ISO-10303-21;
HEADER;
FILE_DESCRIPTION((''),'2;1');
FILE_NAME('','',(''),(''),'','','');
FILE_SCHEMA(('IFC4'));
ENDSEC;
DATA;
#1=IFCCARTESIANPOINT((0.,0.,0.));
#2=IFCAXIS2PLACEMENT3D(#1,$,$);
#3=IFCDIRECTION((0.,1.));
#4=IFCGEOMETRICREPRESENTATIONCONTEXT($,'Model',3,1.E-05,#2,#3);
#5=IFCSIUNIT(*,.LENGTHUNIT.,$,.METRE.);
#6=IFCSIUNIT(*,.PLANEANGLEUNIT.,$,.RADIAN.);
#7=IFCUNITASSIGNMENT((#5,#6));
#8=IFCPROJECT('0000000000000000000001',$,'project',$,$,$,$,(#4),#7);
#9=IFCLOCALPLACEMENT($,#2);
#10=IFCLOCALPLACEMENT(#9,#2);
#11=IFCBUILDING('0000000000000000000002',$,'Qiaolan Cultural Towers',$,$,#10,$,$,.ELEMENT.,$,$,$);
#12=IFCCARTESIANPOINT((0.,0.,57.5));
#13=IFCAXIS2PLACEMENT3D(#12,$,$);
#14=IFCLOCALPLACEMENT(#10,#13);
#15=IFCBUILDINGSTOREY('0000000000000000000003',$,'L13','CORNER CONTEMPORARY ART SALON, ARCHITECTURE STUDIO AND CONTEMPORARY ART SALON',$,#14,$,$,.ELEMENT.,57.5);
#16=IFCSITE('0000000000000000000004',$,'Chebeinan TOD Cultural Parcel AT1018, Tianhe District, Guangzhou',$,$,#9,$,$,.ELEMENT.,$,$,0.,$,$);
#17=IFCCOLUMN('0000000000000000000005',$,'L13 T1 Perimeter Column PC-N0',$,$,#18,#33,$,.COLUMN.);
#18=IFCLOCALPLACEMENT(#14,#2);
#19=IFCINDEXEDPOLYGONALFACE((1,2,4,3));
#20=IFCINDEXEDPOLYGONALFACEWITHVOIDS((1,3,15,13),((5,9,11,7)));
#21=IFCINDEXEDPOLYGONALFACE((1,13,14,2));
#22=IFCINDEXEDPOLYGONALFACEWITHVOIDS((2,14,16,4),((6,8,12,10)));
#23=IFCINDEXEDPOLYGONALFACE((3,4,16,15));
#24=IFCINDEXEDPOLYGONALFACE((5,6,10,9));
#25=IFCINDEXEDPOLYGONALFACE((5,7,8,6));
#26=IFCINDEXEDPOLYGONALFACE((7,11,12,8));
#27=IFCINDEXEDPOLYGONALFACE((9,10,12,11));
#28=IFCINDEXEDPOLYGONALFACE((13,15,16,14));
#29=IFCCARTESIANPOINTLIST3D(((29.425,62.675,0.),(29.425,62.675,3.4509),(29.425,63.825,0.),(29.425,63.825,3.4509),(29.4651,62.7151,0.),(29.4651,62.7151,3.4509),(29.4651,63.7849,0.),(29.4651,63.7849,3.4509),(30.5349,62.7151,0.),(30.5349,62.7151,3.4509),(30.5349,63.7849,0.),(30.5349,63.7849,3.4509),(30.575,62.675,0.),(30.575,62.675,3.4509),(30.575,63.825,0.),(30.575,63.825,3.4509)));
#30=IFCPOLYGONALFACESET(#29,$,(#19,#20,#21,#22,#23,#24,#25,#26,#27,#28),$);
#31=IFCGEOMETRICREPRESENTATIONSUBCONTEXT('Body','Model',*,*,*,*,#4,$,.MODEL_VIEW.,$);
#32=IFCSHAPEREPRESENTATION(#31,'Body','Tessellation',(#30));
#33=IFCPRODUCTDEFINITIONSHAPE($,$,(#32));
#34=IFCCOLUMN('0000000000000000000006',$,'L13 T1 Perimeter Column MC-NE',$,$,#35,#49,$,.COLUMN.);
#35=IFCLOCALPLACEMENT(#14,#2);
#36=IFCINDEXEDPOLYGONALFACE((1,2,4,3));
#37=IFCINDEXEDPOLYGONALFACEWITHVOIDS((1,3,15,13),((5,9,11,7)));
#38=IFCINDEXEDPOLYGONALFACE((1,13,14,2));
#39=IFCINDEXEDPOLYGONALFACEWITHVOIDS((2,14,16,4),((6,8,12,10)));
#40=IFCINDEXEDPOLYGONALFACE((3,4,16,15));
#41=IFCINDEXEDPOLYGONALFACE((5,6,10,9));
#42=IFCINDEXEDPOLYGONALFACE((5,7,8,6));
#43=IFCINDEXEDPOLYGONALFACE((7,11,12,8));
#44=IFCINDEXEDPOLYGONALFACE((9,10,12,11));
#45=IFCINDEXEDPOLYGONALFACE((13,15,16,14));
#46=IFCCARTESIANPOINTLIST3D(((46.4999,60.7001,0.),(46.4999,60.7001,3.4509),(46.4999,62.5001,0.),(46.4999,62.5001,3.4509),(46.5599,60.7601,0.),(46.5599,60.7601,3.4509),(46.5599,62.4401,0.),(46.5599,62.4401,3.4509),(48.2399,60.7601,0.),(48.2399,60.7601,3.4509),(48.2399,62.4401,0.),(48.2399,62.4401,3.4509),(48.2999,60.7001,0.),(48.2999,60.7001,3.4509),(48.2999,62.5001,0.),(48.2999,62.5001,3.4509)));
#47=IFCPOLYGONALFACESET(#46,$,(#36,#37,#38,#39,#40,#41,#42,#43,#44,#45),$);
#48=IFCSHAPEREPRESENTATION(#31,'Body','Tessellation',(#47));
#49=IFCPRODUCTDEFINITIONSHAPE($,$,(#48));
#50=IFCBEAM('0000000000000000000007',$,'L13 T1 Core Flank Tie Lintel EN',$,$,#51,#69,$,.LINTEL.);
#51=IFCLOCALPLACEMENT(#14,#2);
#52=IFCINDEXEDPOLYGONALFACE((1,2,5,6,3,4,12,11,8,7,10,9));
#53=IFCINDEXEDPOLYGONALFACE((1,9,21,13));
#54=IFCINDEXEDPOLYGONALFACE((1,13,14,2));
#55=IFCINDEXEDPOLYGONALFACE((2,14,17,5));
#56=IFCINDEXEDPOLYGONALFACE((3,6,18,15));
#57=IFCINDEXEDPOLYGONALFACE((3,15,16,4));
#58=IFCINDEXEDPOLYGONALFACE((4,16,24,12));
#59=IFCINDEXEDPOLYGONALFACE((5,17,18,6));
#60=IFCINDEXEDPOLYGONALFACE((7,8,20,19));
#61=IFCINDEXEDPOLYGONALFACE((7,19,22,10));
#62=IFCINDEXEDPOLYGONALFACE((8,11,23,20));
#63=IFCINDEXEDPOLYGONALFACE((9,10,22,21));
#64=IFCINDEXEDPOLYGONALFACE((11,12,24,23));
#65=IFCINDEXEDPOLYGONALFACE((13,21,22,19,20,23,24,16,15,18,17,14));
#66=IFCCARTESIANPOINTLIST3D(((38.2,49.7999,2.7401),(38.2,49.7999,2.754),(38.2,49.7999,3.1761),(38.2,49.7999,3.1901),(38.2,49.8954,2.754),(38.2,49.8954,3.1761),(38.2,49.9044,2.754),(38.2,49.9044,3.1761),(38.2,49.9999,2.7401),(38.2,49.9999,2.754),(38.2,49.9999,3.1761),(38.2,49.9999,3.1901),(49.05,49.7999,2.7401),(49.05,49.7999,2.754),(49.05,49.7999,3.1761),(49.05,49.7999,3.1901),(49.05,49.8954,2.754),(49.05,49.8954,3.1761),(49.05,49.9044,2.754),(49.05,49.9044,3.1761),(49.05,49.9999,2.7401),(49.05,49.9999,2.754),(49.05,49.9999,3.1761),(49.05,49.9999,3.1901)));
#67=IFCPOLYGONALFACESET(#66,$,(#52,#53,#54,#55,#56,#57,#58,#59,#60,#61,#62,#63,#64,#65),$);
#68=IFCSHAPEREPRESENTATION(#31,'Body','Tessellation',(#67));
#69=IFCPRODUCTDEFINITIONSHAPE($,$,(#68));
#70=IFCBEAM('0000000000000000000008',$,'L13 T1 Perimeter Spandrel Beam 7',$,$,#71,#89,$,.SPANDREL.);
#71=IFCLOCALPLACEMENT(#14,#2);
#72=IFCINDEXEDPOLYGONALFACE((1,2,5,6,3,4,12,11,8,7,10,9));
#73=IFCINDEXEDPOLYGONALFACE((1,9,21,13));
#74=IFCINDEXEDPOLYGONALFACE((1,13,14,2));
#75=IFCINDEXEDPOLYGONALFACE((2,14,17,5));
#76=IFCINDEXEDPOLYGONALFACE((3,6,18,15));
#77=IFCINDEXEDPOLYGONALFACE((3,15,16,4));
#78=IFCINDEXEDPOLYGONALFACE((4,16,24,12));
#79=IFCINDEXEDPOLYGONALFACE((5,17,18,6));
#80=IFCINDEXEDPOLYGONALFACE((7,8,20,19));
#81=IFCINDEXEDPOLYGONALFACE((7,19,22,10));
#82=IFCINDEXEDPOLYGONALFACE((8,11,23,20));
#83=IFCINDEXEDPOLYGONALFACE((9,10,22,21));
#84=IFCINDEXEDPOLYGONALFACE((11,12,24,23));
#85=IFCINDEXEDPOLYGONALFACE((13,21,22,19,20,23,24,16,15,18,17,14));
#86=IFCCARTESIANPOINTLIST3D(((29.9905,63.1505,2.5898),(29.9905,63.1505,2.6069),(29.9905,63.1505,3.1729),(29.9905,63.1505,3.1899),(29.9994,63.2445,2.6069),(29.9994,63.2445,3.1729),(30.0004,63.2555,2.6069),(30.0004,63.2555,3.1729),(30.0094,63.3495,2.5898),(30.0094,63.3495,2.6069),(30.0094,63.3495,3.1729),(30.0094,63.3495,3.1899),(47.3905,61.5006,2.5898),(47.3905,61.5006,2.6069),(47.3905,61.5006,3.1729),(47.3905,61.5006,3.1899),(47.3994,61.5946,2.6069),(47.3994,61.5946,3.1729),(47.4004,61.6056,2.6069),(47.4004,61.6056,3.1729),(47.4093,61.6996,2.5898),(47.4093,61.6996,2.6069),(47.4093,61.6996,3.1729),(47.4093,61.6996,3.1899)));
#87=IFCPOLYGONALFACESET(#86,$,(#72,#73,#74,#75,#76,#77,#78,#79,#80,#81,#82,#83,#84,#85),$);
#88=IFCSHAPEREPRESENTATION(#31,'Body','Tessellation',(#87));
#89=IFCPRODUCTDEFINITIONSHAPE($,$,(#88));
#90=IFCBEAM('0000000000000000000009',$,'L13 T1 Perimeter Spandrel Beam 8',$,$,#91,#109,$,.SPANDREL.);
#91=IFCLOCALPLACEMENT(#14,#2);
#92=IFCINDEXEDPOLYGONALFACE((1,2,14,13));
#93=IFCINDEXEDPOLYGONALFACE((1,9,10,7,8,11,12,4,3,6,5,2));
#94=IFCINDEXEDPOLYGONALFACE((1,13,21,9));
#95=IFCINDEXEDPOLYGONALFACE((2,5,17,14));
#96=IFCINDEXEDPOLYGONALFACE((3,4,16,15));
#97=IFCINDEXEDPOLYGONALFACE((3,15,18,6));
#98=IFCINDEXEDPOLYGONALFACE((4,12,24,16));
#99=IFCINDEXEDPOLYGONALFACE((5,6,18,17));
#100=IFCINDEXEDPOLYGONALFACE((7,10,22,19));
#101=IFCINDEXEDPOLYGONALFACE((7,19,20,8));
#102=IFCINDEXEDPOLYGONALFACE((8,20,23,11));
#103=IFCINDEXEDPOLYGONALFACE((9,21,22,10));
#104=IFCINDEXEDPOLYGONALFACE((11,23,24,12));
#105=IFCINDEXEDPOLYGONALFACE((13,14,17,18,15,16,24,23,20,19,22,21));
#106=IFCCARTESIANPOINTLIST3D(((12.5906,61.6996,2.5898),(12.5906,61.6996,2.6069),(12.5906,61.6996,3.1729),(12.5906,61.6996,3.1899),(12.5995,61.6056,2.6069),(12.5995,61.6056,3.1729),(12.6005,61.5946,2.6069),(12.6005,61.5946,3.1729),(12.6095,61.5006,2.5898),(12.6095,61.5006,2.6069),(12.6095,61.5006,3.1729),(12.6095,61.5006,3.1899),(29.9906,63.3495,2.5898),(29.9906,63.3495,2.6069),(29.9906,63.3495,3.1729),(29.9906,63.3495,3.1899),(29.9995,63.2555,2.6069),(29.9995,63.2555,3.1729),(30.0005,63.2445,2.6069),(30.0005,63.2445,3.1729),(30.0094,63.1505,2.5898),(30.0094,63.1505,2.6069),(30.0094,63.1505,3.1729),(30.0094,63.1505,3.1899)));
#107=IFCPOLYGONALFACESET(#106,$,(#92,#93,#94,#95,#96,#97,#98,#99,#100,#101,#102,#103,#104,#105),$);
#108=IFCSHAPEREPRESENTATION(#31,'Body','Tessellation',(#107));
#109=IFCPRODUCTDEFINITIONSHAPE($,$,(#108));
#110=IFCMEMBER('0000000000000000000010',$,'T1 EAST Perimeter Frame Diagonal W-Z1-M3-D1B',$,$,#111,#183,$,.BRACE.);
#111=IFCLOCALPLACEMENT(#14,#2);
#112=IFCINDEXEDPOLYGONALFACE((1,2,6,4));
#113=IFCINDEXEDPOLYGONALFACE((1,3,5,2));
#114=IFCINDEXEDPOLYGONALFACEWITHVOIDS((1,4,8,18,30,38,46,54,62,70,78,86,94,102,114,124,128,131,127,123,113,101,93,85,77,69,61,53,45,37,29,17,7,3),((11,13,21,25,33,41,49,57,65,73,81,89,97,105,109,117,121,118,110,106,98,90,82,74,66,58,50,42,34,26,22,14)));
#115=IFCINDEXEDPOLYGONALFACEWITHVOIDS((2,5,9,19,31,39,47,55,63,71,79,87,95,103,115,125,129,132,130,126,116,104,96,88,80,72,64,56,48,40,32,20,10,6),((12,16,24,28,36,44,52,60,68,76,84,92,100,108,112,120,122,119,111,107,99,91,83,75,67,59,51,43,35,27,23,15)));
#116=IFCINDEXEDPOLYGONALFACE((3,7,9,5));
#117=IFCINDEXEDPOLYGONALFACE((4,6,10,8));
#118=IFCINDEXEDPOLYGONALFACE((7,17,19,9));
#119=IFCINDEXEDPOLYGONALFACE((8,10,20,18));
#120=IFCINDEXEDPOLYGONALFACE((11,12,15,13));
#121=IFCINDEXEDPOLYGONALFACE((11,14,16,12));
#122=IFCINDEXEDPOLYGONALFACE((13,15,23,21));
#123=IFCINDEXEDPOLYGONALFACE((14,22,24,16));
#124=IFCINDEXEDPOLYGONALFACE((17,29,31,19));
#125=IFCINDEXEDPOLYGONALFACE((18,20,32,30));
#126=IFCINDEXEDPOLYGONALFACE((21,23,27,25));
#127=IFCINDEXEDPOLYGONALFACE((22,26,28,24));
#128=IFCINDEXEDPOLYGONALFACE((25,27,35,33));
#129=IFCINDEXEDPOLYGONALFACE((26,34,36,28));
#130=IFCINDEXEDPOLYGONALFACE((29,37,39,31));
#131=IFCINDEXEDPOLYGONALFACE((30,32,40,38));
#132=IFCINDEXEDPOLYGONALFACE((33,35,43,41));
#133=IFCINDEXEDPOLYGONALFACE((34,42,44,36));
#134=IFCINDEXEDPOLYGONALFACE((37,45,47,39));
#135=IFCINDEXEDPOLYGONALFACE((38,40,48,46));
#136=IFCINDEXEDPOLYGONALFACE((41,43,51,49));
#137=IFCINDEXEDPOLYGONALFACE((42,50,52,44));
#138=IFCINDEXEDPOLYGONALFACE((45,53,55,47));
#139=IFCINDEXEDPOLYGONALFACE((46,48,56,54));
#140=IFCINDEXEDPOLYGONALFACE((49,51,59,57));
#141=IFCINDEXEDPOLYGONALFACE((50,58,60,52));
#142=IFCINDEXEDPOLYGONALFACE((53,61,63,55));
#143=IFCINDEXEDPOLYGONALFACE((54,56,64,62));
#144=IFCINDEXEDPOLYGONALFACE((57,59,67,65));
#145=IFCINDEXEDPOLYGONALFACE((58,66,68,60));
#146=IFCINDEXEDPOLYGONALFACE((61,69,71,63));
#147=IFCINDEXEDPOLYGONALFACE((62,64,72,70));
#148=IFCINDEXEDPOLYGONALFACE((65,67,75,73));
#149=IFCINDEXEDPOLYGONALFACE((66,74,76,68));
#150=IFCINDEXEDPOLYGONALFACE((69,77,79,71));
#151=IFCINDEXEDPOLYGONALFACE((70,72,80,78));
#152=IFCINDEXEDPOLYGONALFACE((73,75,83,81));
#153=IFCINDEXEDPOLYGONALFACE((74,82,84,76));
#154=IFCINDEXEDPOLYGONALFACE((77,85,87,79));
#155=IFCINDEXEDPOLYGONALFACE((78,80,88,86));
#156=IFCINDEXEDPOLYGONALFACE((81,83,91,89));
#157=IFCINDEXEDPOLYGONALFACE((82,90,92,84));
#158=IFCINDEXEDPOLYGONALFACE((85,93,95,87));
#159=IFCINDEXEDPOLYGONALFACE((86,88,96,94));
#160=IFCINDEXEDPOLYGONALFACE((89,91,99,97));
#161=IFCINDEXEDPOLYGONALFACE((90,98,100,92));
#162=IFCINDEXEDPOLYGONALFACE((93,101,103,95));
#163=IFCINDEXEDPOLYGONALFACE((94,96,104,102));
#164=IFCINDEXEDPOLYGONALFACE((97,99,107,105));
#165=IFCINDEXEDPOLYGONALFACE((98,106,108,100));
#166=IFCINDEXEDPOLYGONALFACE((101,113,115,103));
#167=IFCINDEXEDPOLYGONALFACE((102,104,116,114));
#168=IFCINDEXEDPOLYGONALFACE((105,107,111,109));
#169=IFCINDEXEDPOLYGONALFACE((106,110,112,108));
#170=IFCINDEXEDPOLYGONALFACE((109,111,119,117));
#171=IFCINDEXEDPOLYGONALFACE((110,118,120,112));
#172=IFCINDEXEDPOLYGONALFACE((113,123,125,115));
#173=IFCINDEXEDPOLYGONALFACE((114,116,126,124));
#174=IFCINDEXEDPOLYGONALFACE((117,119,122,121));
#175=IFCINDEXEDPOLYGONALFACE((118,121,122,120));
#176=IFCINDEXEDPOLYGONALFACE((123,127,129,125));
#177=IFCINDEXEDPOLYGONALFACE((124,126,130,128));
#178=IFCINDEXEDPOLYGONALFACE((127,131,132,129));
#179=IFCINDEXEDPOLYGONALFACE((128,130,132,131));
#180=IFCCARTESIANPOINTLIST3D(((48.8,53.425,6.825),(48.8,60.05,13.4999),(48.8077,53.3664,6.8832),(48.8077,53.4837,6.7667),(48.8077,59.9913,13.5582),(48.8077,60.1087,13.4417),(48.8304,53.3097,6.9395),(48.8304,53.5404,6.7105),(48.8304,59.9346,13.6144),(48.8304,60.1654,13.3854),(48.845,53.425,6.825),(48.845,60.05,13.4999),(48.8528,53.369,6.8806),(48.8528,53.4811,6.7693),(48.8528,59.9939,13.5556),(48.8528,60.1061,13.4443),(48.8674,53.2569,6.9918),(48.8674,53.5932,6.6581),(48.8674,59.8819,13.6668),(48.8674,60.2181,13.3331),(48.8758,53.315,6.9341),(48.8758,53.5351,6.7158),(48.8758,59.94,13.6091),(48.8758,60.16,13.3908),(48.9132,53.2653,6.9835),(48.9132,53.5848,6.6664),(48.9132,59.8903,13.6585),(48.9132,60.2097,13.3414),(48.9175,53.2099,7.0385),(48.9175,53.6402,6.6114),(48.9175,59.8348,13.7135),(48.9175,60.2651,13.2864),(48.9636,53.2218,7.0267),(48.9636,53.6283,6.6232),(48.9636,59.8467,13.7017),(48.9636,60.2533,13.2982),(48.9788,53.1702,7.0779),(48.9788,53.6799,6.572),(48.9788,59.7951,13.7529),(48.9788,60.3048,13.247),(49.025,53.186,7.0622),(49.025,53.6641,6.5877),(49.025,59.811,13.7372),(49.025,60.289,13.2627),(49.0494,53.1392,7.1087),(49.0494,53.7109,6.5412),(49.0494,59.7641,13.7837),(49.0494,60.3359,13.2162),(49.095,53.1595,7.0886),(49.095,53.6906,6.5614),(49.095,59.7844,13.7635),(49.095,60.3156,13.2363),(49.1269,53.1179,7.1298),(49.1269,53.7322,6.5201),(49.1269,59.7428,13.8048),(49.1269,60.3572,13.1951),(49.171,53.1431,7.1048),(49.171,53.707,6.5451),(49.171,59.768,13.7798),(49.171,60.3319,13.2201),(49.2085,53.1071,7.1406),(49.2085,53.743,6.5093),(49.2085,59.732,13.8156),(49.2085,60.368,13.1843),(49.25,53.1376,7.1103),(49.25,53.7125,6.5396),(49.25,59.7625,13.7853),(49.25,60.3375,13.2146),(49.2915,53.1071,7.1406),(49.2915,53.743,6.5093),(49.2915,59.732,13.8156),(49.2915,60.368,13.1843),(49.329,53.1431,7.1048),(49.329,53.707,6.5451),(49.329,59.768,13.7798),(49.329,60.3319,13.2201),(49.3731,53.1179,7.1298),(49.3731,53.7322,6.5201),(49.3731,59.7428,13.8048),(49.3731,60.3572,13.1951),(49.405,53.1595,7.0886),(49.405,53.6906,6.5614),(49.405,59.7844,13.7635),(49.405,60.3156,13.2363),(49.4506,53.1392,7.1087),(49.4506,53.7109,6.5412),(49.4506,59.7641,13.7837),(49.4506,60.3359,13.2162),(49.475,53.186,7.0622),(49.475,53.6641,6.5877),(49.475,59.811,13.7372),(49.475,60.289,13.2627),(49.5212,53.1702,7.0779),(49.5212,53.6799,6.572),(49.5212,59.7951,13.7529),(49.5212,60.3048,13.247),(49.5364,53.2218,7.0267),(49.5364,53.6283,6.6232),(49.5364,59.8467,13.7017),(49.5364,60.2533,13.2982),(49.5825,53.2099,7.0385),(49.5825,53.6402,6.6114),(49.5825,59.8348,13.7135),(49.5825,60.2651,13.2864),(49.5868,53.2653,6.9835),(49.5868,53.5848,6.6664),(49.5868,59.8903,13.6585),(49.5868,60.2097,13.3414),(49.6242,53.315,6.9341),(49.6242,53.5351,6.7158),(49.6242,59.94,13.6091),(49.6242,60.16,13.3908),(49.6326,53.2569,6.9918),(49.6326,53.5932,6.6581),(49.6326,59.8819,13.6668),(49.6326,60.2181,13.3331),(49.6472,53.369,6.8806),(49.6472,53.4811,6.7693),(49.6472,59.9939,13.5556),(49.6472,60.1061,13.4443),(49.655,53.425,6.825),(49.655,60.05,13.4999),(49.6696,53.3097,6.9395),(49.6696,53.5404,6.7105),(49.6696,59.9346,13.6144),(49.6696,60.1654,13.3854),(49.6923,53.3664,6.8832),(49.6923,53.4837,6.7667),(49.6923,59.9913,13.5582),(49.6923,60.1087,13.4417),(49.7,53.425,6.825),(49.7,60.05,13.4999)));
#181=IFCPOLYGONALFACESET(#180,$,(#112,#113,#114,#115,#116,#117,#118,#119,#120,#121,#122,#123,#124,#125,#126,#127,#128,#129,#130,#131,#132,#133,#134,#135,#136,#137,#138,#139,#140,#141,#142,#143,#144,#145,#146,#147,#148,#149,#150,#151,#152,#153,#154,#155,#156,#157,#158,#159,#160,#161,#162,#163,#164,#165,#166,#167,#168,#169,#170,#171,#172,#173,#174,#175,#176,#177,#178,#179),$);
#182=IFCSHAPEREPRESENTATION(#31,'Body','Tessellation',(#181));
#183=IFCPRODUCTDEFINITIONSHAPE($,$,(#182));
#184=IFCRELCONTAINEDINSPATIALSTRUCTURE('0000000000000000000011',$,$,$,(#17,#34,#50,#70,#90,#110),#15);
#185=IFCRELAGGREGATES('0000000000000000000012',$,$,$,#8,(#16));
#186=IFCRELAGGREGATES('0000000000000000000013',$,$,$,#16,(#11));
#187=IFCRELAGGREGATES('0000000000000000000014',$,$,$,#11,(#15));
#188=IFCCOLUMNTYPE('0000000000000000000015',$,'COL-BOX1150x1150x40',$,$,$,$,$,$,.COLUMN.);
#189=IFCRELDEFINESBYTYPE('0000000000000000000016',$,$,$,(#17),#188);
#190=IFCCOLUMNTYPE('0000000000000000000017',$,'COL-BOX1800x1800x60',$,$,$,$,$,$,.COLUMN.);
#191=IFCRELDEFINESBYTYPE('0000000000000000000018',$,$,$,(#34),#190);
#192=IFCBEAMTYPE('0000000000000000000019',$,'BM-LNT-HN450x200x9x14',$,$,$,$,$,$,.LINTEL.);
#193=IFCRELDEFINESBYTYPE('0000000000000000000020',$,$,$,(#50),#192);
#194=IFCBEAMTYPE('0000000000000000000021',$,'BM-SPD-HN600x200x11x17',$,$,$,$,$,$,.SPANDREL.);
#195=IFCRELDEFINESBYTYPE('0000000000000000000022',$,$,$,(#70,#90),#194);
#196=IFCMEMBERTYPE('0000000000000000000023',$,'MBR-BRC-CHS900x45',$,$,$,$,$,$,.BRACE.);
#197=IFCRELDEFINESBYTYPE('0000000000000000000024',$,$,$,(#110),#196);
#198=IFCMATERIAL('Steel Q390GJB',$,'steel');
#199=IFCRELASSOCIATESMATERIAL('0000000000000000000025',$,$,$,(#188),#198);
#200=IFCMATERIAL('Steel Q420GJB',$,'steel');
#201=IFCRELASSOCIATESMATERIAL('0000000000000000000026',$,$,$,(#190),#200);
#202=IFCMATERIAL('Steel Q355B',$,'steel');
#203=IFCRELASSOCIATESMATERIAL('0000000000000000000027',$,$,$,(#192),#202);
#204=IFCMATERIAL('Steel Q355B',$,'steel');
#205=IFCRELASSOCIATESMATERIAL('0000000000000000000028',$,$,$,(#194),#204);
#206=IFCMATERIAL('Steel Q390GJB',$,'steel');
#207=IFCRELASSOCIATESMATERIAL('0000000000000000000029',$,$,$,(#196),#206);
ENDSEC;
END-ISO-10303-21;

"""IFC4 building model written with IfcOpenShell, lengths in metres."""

from ifc_helpers import new_model, si_unit, direction, frame, origin, origin_2d, place, context, subcontext, project, spatial, hollow_rectangle, hollow_circle, i_section, extrude, material, material_profile, profile_set, type_object, element, save


model = new_model("IFC4")

# Units and contexts
model_context = context("Model", 3, precision=1e-05, world=origin(), true_north=direction((0.0, 1.0)))
body_context = subcontext(model_context, "Body", "Model", "MODEL_VIEW")
ifc_project = project(units=[si_unit("LENGTHUNIT", "METRE"), si_unit("PLANEANGLEUNIT", "RADIAN")], contexts=[model_context])

# Site, building, storey
site_placement = place(None, origin())
site = spatial("IfcSite", under=ifc_project, at=site_placement, Name="Chebeinan TOD Cultural Parcel AT1018, Tianhe District, Guangzhou", CompositionType="ELEMENT", RefElevation=0.0)
building_placement = place(site_placement, origin())
building = spatial("IfcBuilding", under=site, at=building_placement, Name="Qiaolan Cultural Towers", CompositionType="ELEMENT")
storey_placement = place(building_placement, frame((0.0, 0.0, 57.5)))
storey = spatial("IfcBuildingStorey", under=building, at=storey_placement, Name="L13", Description="CORNER CONTEMPORARY ART SALON, ARCHITECTURE STUDIO AND CONTEMPORARY ART SALON", CompositionType="ELEMENT", Elevation=57.5)

# Columns
ifc_material_1 = material(Name="Steel Q390GJB", Category="steel")
ifc_material_profile_1 = material_profile(ifc_material_1, hollow_rectangle(XDim=1.1499, YDim=1.1499, WallThickness=0.04, at=origin_2d()), Name="BOX1150x1150x40")
ifc_profile_set_1 = profile_set([ifc_material_profile_1], Name="Steel Q390GJB")
column_type_1 = type_object("IfcColumnType", Name="COL-BOX1150x1150x40", PredefinedType="COLUMN", material=ifc_profile_set_1)
column_1_placement = place(storey_placement, frame((30.0, 63.25, 0.0), z_axis=(0.0, 0.0, 1.0), x_axis=(1.0, 0.0, 0.0)))
element("IfcColumn", 1, at=column_1_placement, inside=storey, type_object=column_type_1, Name="L13 T1 Perimeter Column PC-N0", PredefinedType="COLUMN", context=body_context, shape_type="SweptSolid", body=[
    extrude(hollow_rectangle(XDim=1.1499, YDim=1.1499, WallThickness=0.04, at=origin_2d()), origin(), (0.0, 0.0, 1.0), 3.4509),
])
ifc_material_2 = material(Name="Steel Q420GJB", Category="steel")
ifc_material_profile_2 = material_profile(ifc_material_2, hollow_rectangle(XDim=1.8, YDim=1.8, WallThickness=0.0601, at=origin_2d()), Name="BOX1800x1800x60")
ifc_profile_set_2 = profile_set([ifc_material_profile_2], Name="Steel Q420GJB")
column_type_2 = type_object("IfcColumnType", Name="COL-BOX1800x1800x60", PredefinedType="COLUMN", material=ifc_profile_set_2)
column_2_placement = place(storey_placement, frame((47.3999, 61.6001, 0.0), z_axis=(0.0, 0.0, 1.0), x_axis=(1.0, 0.0, 0.0)))
element("IfcColumn", 2, at=column_2_placement, inside=storey, type_object=column_type_2, Name="L13 T1 Perimeter Column MC-NE", PredefinedType="COLUMN", context=body_context, shape_type="SweptSolid", body=[
    extrude(hollow_rectangle(XDim=1.8, YDim=1.8, WallThickness=0.0601, at=origin_2d()), origin(), (0.0, 0.0, 1.0), 3.4509),
])

# Beams
ifc_material_3 = material(Name="Steel Q355B", Category="steel")
ifc_material_profile_3 = material_profile(ifc_material_3, i_section(OverallWidth=0.2, OverallDepth=0.45, WebThickness=0.009, FlangeThickness=0.0139, at=origin_2d()), Name="HN450x200x9x14")
ifc_profile_set_3 = profile_set([ifc_material_profile_3], Name="Steel Q355B")
beam_type_1 = type_object("IfcBeamType", Name="BM-LNT-HN450x200x9x14", PredefinedType="LINTEL", material=ifc_profile_set_3)
beam_placement = place(storey_placement, frame((38.2, 49.8999, 2.9651), z_axis=(1.0, 0.0, 0.0), x_axis=(0.0, 1.0, 0.0)))
element("IfcBeam", 3, at=beam_placement, inside=storey, type_object=beam_type_1, Name="L13 T1 Core Flank Tie Lintel EN", PredefinedType="LINTEL", context=body_context, shape_type="SweptSolid", body=[
    extrude(i_section(OverallWidth=0.2, OverallDepth=0.45, WebThickness=0.009, FlangeThickness=0.0139, at=origin_2d()), origin(), (0.0, 0.0, 1.0), 10.8501),
])
ifc_material_4 = material(Name="Steel Q355B", Category="steel")
ifc_material_profile_4 = material_profile(ifc_material_4, i_section(OverallWidth=0.2, OverallDepth=0.6001, WebThickness=0.011, FlangeThickness=0.0171, at=origin_2d()), Name="HN600x200x11x17")
ifc_profile_set_4 = profile_set([ifc_material_profile_4], Name="Steel Q355B")
beam_type_2 = type_object("IfcBeamType", Name="BM-SPD-HN600x200x11x17", PredefinedType="SPANDREL", material=ifc_profile_set_4)
for number, where, z_axis, x_axis, name in (
    (4, (47.3999, 61.6001, 2.8899), (-0.995534, 0.094399, 0.0), (-0.094399, -0.995534, 0.0), "L13 T1 Perimeter Spandrel Beam 7"),
    (5, (30.0, 63.25, 2.8899), (-0.995534, -0.094399, 0.0), (0.094399, -0.995534, 0.0), "L13 T1 Perimeter Spandrel Beam 8"),
):
    element("IfcBeam", number, at=place(storey_placement, frame(where, z_axis=z_axis, x_axis=x_axis)), inside=storey, type_object=beam_type_2, Name=name, PredefinedType="SPANDREL", context=body_context, shape_type="SweptSolid", body=[
        extrude(i_section(OverallWidth=0.2, OverallDepth=0.6001, WebThickness=0.011, FlangeThickness=0.0171, at=origin_2d()), origin(), (0.0, 0.0, 1.0), 17.478),
    ])

# Member
ifc_material_5 = material(Name="Steel Q390GJB", Category="steel")
ifc_material_profile_5 = material_profile(ifc_material_5, hollow_circle(Radius=0.45, WallThickness=0.0449, at=origin_2d()), Name="CHS900x45")
ifc_profile_set_5 = profile_set([ifc_material_profile_5], Name="Steel Q390GJB")
member_type = type_object("IfcMemberType", Name="MBR-BRC-CHS900x45", PredefinedType="BRACE", material=ifc_profile_set_5)
for number, where, z_axis, x_axis, name in (
    (6, (49.25, 53.425, 6.825), (0.0, 0.704441, 0.709763), (-1.0, 0.0, 0.0), "T1 EAST Perimeter Frame Diagonal W-Z1-M3-D1B"),
):
    element("IfcMember", number, at=place(storey_placement, frame(where, z_axis=z_axis, x_axis=x_axis)), inside=storey, type_object=member_type, Name=name, PredefinedType="BRACE", context=body_context, shape_type="SweptSolid", body=[
        extrude(hollow_circle(Radius=0.45, WallThickness=0.0449, at=origin_2d()), origin(), (0.0, 0.0, 1.0), 9.4045),
    ])

save(model, "model.ifc")
